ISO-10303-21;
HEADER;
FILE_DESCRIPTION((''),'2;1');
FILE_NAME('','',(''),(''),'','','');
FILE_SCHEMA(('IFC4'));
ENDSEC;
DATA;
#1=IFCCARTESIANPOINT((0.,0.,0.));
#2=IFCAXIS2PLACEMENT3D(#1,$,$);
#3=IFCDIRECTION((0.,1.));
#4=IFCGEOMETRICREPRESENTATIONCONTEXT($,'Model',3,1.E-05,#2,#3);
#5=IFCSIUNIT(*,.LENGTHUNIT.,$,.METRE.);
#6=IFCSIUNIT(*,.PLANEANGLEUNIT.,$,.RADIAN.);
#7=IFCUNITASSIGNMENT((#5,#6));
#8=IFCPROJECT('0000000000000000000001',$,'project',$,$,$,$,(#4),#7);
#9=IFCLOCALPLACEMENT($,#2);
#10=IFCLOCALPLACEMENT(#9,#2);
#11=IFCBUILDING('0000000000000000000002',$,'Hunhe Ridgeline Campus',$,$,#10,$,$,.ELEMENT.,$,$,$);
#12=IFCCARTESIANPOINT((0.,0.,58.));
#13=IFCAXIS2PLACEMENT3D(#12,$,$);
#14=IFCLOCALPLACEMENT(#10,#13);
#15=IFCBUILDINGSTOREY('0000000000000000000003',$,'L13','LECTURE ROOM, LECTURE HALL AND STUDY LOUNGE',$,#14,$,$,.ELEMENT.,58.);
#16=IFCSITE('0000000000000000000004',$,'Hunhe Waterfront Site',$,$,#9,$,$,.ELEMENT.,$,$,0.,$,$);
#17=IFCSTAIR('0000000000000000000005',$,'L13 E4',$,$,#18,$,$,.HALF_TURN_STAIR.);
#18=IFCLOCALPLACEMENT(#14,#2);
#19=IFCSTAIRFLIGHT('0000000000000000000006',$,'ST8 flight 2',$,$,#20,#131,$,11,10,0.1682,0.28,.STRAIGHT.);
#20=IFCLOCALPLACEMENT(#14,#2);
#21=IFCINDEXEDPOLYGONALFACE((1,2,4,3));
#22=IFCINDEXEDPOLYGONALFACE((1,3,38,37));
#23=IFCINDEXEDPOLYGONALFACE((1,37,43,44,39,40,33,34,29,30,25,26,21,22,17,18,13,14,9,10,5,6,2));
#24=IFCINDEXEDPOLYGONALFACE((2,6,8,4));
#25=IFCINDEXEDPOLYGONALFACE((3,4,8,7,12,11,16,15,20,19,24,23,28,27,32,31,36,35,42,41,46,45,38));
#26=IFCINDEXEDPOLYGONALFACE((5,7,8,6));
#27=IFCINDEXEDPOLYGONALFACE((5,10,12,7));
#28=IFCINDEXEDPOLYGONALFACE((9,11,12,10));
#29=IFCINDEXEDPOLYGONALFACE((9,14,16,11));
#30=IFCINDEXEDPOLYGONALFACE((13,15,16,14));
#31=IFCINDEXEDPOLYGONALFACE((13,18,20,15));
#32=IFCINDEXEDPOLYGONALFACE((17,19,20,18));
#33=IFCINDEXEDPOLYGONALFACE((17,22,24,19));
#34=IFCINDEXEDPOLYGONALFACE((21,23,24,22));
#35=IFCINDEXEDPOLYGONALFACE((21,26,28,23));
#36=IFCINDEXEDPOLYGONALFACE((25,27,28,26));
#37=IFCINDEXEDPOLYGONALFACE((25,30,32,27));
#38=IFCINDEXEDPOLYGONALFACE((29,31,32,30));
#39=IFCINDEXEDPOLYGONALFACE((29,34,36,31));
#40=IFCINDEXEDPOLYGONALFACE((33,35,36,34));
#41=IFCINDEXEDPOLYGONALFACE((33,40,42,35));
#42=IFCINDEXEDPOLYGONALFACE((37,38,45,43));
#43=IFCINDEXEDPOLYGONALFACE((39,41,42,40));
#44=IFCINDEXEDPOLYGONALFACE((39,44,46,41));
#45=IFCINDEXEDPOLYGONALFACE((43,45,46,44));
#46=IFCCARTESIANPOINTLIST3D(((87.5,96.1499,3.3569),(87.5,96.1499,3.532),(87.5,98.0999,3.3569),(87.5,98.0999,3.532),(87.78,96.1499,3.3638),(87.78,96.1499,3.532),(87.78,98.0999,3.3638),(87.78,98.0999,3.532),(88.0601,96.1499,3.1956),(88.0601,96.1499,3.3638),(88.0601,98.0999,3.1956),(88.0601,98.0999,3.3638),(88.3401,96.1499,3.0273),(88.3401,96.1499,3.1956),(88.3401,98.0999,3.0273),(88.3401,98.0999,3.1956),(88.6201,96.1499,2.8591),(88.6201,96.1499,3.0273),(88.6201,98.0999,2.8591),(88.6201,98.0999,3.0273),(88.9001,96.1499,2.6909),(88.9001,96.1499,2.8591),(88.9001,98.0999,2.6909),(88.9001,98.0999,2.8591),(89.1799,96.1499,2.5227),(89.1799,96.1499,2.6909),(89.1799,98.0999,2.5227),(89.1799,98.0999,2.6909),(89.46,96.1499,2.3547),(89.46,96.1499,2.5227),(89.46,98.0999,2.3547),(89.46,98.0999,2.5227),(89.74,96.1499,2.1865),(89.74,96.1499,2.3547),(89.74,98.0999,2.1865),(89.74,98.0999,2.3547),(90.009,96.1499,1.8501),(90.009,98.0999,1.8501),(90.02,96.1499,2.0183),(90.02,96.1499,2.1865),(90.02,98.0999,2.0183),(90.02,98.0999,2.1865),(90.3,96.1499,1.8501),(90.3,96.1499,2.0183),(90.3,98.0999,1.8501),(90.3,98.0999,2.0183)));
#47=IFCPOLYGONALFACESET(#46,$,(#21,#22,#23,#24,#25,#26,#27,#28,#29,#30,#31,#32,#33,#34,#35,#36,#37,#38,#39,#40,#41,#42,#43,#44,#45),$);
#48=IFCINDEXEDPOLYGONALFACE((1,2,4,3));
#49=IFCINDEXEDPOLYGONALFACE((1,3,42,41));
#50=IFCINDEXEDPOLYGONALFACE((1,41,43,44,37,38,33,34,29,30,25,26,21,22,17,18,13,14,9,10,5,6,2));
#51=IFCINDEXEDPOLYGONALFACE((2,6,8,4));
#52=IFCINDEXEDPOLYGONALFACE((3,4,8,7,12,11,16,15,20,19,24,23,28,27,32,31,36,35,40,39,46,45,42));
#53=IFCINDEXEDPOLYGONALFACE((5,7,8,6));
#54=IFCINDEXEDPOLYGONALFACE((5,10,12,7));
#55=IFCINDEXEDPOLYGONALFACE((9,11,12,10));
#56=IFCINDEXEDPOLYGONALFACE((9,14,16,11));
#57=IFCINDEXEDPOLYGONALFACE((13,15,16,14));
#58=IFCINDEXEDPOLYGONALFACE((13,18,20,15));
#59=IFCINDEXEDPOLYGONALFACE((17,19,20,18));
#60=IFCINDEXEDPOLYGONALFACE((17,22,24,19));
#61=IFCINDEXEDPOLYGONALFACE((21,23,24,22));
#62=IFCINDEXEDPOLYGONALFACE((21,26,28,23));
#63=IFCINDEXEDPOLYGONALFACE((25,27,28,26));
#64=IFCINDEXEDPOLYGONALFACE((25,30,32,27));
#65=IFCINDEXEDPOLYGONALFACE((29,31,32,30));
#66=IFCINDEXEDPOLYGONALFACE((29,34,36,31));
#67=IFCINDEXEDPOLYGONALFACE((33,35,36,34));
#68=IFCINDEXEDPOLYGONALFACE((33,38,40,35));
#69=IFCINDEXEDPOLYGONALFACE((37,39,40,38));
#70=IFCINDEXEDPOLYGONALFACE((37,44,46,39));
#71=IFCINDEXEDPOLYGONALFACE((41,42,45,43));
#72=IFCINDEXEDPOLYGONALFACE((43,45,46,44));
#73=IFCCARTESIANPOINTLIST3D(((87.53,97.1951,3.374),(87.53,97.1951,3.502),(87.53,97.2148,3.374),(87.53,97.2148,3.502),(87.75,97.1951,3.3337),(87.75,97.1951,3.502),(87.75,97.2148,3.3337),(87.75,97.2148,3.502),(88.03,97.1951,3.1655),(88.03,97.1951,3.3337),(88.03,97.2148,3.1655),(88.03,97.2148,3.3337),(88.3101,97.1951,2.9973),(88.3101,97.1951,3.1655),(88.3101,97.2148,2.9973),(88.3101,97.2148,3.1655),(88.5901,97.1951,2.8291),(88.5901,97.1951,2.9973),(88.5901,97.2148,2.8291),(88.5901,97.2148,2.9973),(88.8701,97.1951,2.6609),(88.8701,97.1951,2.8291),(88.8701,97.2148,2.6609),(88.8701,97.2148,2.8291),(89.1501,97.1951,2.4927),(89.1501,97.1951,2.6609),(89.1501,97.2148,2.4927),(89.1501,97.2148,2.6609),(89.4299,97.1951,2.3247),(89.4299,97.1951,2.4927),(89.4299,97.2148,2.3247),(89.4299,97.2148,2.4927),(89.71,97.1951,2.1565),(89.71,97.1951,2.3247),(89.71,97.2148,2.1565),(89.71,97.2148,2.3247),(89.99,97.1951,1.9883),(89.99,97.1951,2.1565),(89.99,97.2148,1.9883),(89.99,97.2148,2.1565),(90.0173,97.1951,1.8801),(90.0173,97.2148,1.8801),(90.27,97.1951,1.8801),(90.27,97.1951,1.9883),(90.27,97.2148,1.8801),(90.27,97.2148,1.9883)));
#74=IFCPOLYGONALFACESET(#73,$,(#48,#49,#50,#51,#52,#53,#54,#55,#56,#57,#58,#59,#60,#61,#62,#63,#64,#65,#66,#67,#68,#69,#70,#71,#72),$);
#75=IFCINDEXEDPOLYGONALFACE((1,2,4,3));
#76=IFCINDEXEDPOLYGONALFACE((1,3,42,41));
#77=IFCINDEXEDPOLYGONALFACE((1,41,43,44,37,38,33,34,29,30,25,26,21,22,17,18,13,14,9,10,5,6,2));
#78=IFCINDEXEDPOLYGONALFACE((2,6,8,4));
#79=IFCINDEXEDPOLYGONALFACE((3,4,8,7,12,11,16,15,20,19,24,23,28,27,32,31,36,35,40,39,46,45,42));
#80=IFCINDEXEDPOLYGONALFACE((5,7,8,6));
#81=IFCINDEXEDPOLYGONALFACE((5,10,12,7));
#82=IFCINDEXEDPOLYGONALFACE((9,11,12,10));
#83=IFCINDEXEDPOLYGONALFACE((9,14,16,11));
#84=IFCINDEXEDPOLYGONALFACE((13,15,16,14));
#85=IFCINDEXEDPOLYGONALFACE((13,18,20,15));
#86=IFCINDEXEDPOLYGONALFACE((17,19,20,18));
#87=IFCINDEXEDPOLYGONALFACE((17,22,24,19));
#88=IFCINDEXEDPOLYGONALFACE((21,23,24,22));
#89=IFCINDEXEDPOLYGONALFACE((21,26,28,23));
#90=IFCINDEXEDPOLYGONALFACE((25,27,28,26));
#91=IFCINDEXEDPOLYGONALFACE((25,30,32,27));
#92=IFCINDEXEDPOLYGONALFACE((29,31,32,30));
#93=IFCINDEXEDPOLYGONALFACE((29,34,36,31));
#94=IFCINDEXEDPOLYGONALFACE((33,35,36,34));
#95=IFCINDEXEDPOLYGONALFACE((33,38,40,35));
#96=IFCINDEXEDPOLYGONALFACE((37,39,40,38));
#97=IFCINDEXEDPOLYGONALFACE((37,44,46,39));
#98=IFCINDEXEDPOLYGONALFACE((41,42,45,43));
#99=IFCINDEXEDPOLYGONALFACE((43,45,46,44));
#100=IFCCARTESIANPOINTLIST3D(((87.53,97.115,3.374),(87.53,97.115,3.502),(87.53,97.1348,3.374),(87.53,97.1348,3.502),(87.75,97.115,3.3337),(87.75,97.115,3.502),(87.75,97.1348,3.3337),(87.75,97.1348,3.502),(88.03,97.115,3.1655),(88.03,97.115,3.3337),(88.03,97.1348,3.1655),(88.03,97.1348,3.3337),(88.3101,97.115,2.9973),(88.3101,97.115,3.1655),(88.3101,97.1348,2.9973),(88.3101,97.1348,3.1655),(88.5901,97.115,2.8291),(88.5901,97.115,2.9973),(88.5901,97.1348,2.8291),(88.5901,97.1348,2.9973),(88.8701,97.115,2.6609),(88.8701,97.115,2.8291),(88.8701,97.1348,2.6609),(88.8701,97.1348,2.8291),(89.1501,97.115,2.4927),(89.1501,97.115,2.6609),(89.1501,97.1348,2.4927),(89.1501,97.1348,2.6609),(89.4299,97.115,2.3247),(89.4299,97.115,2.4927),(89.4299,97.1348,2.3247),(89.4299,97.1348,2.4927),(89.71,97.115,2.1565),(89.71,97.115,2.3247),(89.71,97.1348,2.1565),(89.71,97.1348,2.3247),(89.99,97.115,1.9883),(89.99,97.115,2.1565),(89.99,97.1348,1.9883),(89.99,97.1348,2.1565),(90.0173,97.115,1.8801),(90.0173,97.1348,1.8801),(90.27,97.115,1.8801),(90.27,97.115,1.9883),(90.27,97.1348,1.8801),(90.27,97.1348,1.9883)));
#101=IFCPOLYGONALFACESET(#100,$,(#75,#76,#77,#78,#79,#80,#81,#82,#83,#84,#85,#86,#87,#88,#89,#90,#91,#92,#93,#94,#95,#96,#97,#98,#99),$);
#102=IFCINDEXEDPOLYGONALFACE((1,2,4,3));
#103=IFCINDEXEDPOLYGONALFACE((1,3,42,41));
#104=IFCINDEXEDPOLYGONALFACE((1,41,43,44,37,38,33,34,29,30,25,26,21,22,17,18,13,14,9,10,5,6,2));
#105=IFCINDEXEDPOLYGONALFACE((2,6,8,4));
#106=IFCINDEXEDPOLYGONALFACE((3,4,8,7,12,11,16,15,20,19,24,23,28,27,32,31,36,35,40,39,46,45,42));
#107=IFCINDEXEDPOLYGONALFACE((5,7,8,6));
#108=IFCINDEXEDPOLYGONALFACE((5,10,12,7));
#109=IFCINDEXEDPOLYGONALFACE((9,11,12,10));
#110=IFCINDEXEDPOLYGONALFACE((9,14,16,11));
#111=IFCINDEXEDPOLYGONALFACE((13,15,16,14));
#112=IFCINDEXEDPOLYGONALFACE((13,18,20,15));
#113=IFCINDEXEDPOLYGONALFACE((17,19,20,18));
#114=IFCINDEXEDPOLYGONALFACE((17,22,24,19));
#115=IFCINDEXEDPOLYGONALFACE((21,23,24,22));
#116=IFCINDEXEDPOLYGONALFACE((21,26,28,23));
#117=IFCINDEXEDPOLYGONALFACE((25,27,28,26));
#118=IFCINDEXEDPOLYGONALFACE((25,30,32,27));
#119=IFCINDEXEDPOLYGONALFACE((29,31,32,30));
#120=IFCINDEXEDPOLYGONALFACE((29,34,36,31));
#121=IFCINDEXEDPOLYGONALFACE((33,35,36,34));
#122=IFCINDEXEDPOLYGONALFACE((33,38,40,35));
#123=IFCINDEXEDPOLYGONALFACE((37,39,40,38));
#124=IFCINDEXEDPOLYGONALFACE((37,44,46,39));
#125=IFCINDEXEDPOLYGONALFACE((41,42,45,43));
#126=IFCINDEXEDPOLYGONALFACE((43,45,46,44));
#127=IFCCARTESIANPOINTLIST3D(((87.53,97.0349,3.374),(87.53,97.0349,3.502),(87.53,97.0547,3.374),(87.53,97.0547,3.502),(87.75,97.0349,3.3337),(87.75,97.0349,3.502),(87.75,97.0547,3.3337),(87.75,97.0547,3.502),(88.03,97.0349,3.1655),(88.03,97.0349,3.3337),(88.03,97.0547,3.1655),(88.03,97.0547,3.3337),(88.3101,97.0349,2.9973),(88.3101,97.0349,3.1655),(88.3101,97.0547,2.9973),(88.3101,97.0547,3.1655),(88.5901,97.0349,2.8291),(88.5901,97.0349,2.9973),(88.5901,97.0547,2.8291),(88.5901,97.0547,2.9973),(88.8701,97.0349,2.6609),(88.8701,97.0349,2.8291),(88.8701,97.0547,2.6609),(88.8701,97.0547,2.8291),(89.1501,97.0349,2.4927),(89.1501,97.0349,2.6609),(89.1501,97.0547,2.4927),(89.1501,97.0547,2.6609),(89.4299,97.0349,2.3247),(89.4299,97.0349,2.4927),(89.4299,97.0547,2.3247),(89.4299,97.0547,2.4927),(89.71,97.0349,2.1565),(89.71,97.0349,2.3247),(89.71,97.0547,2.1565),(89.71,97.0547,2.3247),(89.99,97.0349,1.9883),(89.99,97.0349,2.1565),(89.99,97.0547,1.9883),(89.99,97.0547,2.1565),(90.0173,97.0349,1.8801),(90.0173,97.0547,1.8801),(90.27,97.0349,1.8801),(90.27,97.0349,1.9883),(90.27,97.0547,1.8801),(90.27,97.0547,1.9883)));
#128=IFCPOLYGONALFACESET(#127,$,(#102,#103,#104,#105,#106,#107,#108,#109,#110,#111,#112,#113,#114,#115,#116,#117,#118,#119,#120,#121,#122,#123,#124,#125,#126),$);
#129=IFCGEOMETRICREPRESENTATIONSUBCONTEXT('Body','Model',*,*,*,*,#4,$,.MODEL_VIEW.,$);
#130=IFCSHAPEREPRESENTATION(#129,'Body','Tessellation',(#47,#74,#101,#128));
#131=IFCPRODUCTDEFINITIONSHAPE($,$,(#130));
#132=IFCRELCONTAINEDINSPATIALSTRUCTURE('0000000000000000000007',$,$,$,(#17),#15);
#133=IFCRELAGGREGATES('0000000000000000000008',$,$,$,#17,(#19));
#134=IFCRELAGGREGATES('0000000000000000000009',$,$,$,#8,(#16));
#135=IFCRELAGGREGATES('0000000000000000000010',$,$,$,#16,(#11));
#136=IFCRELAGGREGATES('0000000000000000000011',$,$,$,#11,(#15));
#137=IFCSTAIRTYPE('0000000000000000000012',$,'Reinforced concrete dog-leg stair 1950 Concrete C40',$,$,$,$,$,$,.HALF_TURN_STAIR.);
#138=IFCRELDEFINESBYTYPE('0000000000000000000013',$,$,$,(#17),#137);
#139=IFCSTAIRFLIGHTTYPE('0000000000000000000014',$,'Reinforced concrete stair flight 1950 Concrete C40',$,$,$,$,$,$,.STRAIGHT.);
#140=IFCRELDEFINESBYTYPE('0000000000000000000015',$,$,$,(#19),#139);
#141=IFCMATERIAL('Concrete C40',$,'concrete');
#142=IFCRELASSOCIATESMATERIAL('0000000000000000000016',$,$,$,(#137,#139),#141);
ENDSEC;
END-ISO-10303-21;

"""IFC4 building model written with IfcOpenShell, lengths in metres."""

from ifc_helpers import new_model, si_unit, direction, frame, origin, place, context, subcontext, project, spatial, polyline, outline, extrude, material, type_object, element, aggregate, save


model = new_model("IFC4")

# Units and contexts
model_context = context("Model", 3, precision=1e-05, world=origin(), true_north=direction((0.0, 1.0)))
body_context = subcontext(model_context, "Body", "Model", "MODEL_VIEW")
ifc_project = project(units=[si_unit("LENGTHUNIT", "METRE"), si_unit("PLANEANGLEUNIT", "RADIAN")], contexts=[model_context])

# Site, building, storey
site_placement = place(None, origin())
site = spatial("IfcSite", under=ifc_project, at=site_placement, Name="Hunhe Waterfront Site", CompositionType="ELEMENT", RefElevation=0.0)
building_placement = place(site_placement, origin())
building = spatial("IfcBuilding", under=site, at=building_placement, Name="Hunhe Ridgeline Campus", CompositionType="ELEMENT")
storey_placement = place(building_placement, frame((0.0, 0.0, 58.0)))
storey = spatial("IfcBuildingStorey", under=building, at=storey_placement, Name="L13", Description="LECTURE ROOM, LECTURE HALL AND STUDY LOUNGE", CompositionType="ELEMENT", Elevation=58.0)

# Stair, stair flight
ifc_material_1 = material(Name="Concrete C40", Category="concrete")
stair_type = type_object("IfcStairType", Name="Reinforced concrete dog-leg stair 1950 Concrete C40", PredefinedType="HALF_TURN_STAIR", material=ifc_material_1)
stair_placement = place(storey_placement, origin())
stair = element("IfcStair", 1, at=stair_placement, inside=storey, type_object=stair_type, Name="L13 E4", PredefinedType="HALF_TURN_STAIR")
stair_flight_type = type_object("IfcStairFlightType", Name="Reinforced concrete stair flight 1950 Concrete C40", PredefinedType="STRAIGHT", material=ifc_material_1)
stair_flight_1_placement = place(storey_placement, frame((90.3, 97.125, 1.8501), z_axis=(0.0, 0.0, 1.0), x_axis=(-1.0, 0.0, 0.0)))
stair_flight_1 = element("IfcStairFlight", 2, at=stair_flight_1_placement, type_object=stair_flight_type, Name="ST8 flight 2", NumberOfRisers=11, NumberOfTreads=10, PredefinedType="STRAIGHT", RiserHeight=0.1682, TreadLength=0.28, context=body_context, shape_type="SweptSolid", body=[
    extrude(outline(polyline([(0.0, 0.0), (0.0, 0.1682), (0.28, 0.1682), (0.28, 0.3364), (0.5601, 0.3364), (0.5601, 0.5046), (0.8401, 0.5046), (0.8401, 0.6726), (1.1201, 0.6726), (1.1201, 0.8408), (1.3999, 0.8408), (1.3999, 1.009), (1.6799, 1.009), (1.6799, 1.1772), (1.96, 1.1772), (1.96, 1.3455), (2.24, 1.3455), (2.24, 1.5137), (2.52, 1.5137), (2.52, 1.6819), (2.8, 1.6819), (2.8, 1.8501), (2.8, 1.5068), (0.291, 0.0), (0.0, 0.0)])), frame((0.0, 0.9751, 0.0), z_axis=(0.0, -1.0, 0.0), x_axis=(1.0, 0.0, 0.0)), (0.0, 0.0, 1.0), 1.95),
    extrude(outline(polyline([(0.03, 0.03), (0.03, 0.1382), (0.3101, 0.1382), (0.3101, 0.3064), (0.5901, 0.3064), (0.5901, 0.4746), (0.8701, 0.4746), (0.8701, 0.6426), (1.1499, 0.6426), (1.1499, 0.8108), (1.4299, 0.8108), (1.4299, 0.979), (1.71, 0.979), (1.71, 1.1472), (1.99, 1.1472), (1.99, 1.3154), (2.27, 1.3154), (2.27, 1.4836), (2.55, 1.4836), (2.55, 1.6519), (2.77, 1.6519), (2.77, 1.5239), (0.2827, 0.03), (0.03, 0.03)])), frame((0.0, -0.0701, 0.0), z_axis=(0.0, -1.0, 0.0), x_axis=(1.0, 0.0, 0.0)), (0.0, 0.0, 1.0), 0.0198),
    extrude(outline(polyline([(0.03, 0.03), (0.03, 0.1382), (0.3101, 0.1382), (0.3101, 0.3064), (0.5901, 0.3064), (0.5901, 0.4746), (0.8701, 0.4746), (0.8701, 0.6426), (1.1499, 0.6426), (1.1499, 0.8108), (1.4299, 0.8108), (1.4299, 0.979), (1.71, 0.979), (1.71, 1.1472), (1.99, 1.1472), (1.99, 1.3154), (2.27, 1.3154), (2.27, 1.4836), (2.55, 1.4836), (2.55, 1.6519), (2.77, 1.6519), (2.77, 1.5239), (0.2827, 0.03), (0.03, 0.03)])), frame((0.0, 0.01, 0.0), z_axis=(0.0, -1.0, 0.0), x_axis=(1.0, 0.0, 0.0)), (0.0, 0.0, 1.0), 0.0198),
    extrude(outline(polyline([(0.03, 0.03), (0.03, 0.1382), (0.3101, 0.1382), (0.3101, 0.3064), (0.5901, 0.3064), (0.5901, 0.4746), (0.8701, 0.4746), (0.8701, 0.6426), (1.1499, 0.6426), (1.1499, 0.8108), (1.4299, 0.8108), (1.4299, 0.979), (1.71, 0.979), (1.71, 1.1472), (1.99, 1.1472), (1.99, 1.3154), (2.27, 1.3154), (2.27, 1.4836), (2.55, 1.4836), (2.55, 1.6519), (2.77, 1.6519), (2.77, 1.5239), (0.2827, 0.03), (0.03, 0.03)])), frame((0.0, 0.0901, 0.0), z_axis=(0.0, -1.0, 0.0), x_axis=(1.0, 0.0, 0.0)), (0.0, 0.0, 1.0), 0.0198),
])
aggregate(stair, [stair_flight_1])

save(model, "model.ifc")
